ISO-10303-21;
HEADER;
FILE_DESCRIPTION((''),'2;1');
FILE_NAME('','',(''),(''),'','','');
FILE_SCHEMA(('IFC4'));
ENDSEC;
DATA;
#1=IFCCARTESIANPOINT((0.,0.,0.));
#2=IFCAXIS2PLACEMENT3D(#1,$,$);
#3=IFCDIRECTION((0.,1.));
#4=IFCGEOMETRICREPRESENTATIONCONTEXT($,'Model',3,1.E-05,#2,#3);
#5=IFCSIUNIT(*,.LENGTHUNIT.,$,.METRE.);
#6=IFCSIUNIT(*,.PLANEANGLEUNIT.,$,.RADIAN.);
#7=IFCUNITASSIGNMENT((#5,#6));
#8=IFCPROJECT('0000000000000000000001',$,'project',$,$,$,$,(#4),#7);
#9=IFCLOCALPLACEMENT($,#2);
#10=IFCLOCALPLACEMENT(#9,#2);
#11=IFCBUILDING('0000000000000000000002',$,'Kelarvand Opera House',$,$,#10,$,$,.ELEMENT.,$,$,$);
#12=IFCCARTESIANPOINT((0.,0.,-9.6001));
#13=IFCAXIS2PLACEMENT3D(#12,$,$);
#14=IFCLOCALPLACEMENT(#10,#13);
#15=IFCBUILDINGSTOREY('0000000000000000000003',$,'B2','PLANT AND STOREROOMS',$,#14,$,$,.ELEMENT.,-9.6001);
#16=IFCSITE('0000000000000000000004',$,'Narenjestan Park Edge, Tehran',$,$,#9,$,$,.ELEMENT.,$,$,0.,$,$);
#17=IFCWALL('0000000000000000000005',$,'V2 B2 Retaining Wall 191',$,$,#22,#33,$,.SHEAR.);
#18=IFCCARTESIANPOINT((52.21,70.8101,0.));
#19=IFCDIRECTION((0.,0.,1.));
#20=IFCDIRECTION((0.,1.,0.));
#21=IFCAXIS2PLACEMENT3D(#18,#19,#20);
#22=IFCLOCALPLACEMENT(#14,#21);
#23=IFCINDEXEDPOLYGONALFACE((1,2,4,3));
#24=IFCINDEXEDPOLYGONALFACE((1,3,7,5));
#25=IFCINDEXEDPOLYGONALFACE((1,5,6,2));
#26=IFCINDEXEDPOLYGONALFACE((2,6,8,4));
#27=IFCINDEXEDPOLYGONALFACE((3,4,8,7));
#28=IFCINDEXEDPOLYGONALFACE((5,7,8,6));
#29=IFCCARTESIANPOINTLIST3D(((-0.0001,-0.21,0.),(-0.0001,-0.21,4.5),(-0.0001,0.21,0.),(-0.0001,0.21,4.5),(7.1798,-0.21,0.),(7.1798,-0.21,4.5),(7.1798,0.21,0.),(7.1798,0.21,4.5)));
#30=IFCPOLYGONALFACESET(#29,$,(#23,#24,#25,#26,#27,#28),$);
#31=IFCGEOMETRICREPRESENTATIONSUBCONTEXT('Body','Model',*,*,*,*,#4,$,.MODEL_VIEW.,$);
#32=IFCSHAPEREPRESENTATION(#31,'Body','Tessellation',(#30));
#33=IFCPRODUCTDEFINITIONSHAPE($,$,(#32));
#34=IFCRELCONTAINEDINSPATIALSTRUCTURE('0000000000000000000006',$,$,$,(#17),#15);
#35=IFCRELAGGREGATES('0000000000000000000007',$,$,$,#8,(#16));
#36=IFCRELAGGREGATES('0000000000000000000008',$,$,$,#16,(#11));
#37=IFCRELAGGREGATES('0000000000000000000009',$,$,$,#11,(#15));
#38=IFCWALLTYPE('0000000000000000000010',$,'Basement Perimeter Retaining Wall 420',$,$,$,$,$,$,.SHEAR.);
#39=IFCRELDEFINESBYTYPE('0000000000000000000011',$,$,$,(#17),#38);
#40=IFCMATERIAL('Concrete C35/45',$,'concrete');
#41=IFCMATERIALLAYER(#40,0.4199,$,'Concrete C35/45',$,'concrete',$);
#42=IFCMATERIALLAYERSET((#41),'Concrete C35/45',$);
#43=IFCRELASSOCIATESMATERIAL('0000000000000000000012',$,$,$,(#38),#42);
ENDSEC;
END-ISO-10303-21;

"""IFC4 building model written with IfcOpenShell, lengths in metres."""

from ifc_helpers import new_model, si_unit, direction, frame, frame_2d, origin, place, context, subcontext, project, spatial, rectangle, extrude, material, layer, layer_set, type_object, element, save


model = new_model("IFC4")

# Units and contexts
model_context = context("Model", 3, precision=1e-05, world=origin(), true_north=direction((0.0, 1.0)))
body_context = subcontext(model_context, "Body", "Model", "MODEL_VIEW")
ifc_project = project(units=[si_unit("LENGTHUNIT", "METRE"), si_unit("PLANEANGLEUNIT", "RADIAN")], contexts=[model_context])

# Site, building, storey
site_placement = place(None, origin())
site = spatial("IfcSite", under=ifc_project, at=site_placement, Name="Narenjestan Park Edge, Tehran", CompositionType="ELEMENT", RefElevation=0.0)
building_placement = place(site_placement, origin())
building = spatial("IfcBuilding", under=site, at=building_placement, Name="Kelarvand Opera House", CompositionType="ELEMENT")
storey_placement = place(building_placement, frame((0.0, 0.0, -9.6001)))
storey = spatial("IfcBuildingStorey", under=building, at=storey_placement, Name="B2", Description="PLANT AND STOREROOMS", CompositionType="ELEMENT", Elevation=-9.6001)

# Wall
ifc_material_1 = material(Name="Concrete C35/45", Category="concrete")
ifc_layer_1 = layer(ifc_material_1, 0.4199, Name="Concrete C35/45", Category="concrete")
ifc_layer_set_1 = layer_set([ifc_layer_1], Name="Concrete C35/45")
wall_type_1 = type_object("IfcWallType", Name="Basement Perimeter Retaining Wall 420", PredefinedType="SHEAR", material=ifc_layer_set_1)
wall_1_placement = place(storey_placement, frame((52.21, 70.8101, 0.0), z_axis=(0.0, 0.0, 1.0), x_axis=(0.0, 1.0, 0.0)))
element("IfcWall", 1, at=wall_1_placement, inside=storey, type_object=wall_type_1, Name="V2 B2 Retaining Wall 191", PredefinedType="SHEAR", context=body_context, shape_type="SweptSolid", body=[
    extrude(rectangle(XDim=7.1799, YDim=0.4199, at=frame_2d((3.5898, 0.0))), origin(), (0.0, 0.0, 1.0), 4.5),
])

save(model, "model.ifc")
